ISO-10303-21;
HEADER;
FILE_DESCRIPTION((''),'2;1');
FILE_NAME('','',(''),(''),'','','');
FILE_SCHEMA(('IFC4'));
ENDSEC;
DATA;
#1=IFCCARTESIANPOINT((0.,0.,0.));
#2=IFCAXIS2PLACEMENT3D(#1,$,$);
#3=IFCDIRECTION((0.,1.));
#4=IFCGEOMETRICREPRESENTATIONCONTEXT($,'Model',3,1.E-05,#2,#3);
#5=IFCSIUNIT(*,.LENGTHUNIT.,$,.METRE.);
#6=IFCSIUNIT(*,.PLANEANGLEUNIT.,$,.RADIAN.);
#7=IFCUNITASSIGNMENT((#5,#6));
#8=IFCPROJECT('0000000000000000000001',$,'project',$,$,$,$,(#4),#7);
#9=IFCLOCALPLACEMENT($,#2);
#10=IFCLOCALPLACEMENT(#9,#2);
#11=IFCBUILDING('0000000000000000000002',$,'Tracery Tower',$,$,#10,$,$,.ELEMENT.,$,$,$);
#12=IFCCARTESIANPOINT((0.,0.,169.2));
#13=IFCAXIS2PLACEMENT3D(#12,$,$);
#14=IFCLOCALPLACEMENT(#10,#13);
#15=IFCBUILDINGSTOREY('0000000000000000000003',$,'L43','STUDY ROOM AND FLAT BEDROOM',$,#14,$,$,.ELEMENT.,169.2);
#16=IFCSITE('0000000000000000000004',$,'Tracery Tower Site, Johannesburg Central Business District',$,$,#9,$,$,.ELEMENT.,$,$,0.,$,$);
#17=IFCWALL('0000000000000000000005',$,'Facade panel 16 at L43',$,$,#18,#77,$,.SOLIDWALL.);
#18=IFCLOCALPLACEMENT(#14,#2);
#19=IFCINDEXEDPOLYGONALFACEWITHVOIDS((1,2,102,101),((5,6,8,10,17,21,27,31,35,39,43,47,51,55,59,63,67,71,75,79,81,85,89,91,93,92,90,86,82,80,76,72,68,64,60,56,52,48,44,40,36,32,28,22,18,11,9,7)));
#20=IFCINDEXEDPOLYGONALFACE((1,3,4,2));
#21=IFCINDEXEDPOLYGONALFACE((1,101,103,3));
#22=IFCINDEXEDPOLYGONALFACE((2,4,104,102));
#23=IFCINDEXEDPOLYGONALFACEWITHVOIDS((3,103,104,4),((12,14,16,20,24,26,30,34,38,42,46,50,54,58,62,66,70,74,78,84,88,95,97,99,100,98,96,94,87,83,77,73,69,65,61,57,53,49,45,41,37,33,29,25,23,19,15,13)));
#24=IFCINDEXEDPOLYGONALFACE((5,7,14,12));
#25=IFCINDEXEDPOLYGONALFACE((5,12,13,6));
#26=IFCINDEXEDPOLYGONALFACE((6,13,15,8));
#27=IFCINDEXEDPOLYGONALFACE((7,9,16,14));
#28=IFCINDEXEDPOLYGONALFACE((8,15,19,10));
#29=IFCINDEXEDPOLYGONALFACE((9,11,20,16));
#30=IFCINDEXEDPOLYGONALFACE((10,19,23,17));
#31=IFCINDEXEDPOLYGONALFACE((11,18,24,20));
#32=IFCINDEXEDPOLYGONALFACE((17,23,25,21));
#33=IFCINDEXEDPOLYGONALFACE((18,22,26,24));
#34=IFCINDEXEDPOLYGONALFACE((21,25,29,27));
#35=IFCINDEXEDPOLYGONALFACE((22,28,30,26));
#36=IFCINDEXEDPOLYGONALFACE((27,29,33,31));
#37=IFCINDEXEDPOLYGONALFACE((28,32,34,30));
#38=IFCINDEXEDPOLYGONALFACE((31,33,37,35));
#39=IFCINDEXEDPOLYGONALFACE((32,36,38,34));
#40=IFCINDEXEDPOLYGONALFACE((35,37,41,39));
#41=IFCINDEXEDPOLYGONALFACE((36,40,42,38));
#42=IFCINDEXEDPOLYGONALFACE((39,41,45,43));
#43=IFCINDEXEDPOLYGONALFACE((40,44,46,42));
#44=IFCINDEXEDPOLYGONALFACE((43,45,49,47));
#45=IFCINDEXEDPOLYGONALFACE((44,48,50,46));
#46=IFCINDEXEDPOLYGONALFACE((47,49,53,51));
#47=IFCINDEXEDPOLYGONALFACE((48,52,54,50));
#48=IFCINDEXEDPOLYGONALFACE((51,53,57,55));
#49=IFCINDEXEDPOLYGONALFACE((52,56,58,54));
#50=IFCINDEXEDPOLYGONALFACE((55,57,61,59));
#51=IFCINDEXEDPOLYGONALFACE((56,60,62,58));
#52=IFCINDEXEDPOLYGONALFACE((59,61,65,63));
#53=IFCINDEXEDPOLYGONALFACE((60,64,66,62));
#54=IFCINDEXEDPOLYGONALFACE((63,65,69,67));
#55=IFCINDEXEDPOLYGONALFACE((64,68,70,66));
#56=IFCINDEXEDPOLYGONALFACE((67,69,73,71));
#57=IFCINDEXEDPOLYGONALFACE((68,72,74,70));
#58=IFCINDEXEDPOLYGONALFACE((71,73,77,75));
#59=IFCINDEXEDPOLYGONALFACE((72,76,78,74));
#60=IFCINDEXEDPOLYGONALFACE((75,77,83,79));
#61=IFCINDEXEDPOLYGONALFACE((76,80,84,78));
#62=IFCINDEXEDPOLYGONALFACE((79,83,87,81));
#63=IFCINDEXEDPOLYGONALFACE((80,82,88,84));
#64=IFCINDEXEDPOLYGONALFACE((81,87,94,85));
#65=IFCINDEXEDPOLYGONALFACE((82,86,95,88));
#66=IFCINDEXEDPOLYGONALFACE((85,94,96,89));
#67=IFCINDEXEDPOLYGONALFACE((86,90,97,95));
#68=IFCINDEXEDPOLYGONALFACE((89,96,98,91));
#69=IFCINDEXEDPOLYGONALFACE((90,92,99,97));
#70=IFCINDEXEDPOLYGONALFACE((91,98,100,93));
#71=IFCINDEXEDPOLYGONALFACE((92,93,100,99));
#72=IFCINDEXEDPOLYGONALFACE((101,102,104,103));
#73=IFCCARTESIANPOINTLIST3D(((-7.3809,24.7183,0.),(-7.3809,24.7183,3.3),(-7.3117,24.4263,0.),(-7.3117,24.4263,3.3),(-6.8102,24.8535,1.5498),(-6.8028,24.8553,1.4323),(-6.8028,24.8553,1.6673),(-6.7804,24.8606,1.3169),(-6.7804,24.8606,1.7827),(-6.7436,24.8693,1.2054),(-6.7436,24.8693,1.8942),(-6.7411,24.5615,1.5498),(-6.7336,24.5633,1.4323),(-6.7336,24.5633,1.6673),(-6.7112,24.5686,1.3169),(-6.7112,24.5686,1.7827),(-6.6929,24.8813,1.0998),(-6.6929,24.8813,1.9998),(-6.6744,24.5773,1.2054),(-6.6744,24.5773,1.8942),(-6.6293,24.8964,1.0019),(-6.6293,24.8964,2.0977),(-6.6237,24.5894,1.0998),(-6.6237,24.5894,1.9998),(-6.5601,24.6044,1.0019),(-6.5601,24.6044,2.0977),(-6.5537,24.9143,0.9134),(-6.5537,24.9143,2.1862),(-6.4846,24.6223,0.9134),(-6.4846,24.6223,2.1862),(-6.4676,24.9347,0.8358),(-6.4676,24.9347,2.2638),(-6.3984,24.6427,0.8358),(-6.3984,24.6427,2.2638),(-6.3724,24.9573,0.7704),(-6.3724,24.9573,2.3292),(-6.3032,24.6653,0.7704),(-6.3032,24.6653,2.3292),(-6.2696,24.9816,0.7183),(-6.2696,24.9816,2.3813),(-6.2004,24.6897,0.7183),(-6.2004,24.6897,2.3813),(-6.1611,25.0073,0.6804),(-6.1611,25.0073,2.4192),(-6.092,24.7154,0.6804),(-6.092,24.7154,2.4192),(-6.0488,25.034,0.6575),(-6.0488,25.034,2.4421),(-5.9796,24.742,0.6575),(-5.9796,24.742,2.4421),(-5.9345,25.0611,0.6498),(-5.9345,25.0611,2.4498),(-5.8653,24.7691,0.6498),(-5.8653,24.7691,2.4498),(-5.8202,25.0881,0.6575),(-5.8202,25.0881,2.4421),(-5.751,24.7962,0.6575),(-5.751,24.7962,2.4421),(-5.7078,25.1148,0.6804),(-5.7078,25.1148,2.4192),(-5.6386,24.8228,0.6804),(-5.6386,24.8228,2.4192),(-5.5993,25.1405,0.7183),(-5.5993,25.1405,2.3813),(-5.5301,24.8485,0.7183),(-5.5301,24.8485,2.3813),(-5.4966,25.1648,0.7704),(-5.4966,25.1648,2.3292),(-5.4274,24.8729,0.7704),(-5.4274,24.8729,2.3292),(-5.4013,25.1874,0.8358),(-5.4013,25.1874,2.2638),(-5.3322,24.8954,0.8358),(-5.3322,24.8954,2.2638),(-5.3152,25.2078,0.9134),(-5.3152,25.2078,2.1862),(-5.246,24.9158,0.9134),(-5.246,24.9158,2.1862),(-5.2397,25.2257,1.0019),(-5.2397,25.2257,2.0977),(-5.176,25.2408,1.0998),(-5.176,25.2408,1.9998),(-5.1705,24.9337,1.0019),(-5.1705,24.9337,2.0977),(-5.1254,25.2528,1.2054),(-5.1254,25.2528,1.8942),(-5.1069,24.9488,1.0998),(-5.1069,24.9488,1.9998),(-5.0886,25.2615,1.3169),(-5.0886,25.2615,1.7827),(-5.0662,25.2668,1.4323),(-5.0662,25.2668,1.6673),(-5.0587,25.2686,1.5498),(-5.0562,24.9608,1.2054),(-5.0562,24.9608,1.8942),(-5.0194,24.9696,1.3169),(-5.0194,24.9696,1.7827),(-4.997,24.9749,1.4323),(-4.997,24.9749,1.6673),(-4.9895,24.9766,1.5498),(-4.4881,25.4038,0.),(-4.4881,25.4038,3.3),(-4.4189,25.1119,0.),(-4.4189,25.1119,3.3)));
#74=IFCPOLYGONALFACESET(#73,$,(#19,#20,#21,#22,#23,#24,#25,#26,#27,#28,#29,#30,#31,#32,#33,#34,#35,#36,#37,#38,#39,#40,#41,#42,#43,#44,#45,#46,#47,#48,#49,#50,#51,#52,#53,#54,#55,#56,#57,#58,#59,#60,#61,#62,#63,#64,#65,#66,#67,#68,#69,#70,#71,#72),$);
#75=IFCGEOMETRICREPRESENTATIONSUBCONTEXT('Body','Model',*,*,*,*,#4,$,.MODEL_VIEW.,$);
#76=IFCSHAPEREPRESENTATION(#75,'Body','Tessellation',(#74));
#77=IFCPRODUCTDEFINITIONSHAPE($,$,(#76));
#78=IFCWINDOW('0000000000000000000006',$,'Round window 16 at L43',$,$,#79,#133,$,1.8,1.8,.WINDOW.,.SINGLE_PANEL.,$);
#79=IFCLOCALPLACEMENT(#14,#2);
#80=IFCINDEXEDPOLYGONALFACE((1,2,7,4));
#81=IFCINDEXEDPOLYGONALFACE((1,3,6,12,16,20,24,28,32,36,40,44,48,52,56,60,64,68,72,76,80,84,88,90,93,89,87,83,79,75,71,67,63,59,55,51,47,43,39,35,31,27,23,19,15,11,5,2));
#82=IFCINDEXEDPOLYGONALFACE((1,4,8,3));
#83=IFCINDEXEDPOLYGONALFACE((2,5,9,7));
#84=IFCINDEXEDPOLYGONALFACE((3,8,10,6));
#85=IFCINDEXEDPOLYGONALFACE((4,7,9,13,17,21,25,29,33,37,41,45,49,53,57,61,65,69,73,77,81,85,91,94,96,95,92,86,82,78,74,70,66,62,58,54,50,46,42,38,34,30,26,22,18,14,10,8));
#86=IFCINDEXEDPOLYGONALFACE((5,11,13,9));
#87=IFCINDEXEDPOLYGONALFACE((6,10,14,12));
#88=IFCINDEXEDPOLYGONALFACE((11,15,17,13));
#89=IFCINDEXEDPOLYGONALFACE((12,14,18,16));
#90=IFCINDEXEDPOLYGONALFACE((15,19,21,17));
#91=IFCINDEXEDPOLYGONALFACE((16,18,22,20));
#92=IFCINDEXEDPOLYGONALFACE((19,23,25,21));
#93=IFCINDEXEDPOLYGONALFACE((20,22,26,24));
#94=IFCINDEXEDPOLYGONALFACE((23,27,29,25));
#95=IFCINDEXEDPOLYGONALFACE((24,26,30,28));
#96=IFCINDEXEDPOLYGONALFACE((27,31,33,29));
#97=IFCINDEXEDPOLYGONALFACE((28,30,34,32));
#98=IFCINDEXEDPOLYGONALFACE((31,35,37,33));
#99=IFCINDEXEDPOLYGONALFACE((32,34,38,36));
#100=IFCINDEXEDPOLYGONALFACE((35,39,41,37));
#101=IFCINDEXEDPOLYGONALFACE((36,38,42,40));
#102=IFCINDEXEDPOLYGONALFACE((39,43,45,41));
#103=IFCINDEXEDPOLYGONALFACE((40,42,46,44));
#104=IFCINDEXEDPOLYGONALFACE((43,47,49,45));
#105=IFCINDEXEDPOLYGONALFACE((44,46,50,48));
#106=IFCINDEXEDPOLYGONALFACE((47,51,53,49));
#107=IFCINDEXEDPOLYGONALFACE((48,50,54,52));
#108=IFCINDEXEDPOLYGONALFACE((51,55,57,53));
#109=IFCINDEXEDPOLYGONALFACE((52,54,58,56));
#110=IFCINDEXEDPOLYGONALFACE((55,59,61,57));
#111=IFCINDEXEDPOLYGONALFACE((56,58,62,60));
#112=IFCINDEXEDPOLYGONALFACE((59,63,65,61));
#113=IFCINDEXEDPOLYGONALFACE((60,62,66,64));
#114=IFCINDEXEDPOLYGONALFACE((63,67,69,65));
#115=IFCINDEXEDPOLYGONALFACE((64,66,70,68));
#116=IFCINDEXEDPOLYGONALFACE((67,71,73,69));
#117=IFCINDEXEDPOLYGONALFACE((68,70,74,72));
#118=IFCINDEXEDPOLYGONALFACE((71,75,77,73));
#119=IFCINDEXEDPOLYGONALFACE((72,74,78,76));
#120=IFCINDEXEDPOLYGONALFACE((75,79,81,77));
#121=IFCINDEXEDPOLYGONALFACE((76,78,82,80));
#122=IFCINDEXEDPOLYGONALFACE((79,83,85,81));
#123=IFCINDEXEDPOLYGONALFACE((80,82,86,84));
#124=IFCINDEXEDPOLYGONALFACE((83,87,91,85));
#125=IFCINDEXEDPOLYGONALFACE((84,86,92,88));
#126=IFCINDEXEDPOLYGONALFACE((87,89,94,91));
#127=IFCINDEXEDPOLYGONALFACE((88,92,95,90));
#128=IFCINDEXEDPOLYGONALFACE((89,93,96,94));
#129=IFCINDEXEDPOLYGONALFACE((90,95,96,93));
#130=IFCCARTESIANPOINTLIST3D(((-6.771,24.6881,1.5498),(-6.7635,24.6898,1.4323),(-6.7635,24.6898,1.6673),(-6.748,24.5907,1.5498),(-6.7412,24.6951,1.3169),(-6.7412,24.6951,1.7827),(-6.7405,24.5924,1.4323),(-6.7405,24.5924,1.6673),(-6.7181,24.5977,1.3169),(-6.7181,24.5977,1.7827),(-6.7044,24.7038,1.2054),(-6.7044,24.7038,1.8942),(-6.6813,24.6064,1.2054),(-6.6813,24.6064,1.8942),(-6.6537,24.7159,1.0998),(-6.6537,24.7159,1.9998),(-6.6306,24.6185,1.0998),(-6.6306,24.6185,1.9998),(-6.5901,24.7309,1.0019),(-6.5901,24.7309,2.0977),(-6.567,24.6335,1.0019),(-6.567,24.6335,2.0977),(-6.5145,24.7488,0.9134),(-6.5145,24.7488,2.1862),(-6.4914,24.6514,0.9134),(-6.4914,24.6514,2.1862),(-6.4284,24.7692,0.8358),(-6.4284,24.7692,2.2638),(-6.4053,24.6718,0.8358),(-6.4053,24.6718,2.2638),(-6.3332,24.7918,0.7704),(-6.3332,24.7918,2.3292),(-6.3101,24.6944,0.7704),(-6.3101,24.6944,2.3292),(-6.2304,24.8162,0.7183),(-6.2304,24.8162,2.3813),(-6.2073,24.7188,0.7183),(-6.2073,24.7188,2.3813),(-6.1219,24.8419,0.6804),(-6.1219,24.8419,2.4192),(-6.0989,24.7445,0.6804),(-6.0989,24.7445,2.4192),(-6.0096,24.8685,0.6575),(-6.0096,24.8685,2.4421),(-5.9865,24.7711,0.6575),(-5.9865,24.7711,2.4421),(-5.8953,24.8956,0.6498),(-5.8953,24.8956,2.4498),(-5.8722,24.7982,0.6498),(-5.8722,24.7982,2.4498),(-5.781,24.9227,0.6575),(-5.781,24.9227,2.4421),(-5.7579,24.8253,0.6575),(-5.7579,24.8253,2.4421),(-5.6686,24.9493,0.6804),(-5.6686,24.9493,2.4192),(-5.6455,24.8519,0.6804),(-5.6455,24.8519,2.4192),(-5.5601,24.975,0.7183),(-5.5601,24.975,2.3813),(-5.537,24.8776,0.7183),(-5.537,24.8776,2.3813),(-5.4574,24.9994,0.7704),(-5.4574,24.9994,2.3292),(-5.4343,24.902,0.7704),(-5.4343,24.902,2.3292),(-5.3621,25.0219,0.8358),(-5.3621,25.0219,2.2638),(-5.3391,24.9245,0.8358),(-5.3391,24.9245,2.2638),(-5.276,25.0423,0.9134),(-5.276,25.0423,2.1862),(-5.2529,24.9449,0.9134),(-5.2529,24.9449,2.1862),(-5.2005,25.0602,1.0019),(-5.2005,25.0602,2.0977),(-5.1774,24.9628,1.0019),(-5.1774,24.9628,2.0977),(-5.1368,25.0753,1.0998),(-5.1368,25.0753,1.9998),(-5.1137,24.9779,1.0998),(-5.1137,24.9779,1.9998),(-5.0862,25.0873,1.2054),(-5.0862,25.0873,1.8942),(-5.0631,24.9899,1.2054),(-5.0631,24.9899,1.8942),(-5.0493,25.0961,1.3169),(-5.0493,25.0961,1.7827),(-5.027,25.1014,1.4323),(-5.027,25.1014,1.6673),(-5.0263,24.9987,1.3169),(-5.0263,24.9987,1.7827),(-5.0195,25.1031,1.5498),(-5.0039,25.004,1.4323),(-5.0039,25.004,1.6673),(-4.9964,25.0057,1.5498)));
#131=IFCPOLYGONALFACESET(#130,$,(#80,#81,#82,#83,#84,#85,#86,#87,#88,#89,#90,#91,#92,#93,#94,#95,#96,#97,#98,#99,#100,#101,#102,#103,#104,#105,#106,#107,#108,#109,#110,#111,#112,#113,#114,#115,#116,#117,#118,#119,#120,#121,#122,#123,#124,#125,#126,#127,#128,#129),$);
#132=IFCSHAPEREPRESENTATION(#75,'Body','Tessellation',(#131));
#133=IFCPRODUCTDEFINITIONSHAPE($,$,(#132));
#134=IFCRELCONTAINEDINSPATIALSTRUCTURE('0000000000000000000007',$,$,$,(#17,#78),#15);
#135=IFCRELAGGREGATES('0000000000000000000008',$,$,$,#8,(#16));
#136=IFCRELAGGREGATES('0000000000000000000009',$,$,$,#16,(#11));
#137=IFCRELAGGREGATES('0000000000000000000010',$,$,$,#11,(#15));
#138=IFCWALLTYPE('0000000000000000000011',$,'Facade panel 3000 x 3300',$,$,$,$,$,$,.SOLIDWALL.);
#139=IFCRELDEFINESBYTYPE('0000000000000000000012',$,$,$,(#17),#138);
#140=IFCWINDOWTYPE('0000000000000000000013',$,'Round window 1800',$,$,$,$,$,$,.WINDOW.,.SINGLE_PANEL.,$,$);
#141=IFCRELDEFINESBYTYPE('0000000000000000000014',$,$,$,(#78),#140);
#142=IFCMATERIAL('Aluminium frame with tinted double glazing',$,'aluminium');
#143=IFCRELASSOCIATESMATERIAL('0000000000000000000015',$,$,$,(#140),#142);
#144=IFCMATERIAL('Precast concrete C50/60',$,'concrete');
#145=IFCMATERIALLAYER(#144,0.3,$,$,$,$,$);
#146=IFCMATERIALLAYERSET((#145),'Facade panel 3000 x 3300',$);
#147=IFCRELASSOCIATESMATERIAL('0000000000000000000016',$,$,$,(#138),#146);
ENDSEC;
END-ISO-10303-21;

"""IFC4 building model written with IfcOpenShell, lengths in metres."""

from ifc_helpers import new_model, si_unit, direction, frame, frame_2d, origin, origin_2d, place, context, subcontext, project, spatial, rectangle, circle, extrude, material, layer, layer_set, type_object, element, fill, save


model = new_model("IFC4")

# Units and contexts
model_context = context("Model", 3, precision=1e-05, world=origin(), true_north=direction((0.0, 1.0)))
body_context = subcontext(model_context, "Body", "Model", "MODEL_VIEW")
ifc_project = project(units=[si_unit("LENGTHUNIT", "METRE"), si_unit("PLANEANGLEUNIT", "RADIAN")], contexts=[model_context])

# Site, building, storey
site_placement = place(None, origin())
site = spatial("IfcSite", under=ifc_project, at=site_placement, Name="Tracery Tower Site, Johannesburg Central Business District", CompositionType="ELEMENT", RefElevation=0.0)
building_placement = place(site_placement, origin())
building = spatial("IfcBuilding", under=site, at=building_placement, Name="Tracery Tower", CompositionType="ELEMENT")
storey_placement = place(building_placement, frame((0.0, 0.0, 169.2)))
storey = spatial("IfcBuildingStorey", under=building, at=storey_placement, Name="L43", Description="STUDY ROOM AND FLAT BEDROOM", CompositionType="ELEMENT", Elevation=169.2)

# Wall, opening, window
ifc_material_1 = material(Name="Aluminium frame with tinted double glazing", Category="aluminium")
window_type = type_object("IfcWindowType", Name="Round window 1800", PartitioningType="SINGLE_PANEL", PredefinedType="WINDOW", material=ifc_material_1)
ifc_material_2 = material(Name="Precast concrete C50/60", Category="concrete")
ifc_layer_1 = layer(ifc_material_2, 0.3)
ifc_layer_set_1 = layer_set([ifc_layer_1], Name="Facade panel 3000 x 3300")
wall_type_1 = type_object("IfcWallType", Name="Facade panel 3000 x 3300", PredefinedType="SOLIDWALL", material=ifc_layer_set_1)
wall_1_placement = place(storey_placement, frame((-4.4536, 25.2578, 0.0), z_axis=(0.0, 0.0, 1.0), x_axis=(-0.97305, -0.230595, 0.0)))
wall_1 = element("IfcWall", 1, at=wall_1_placement, inside=storey, type_object=wall_type_1, Name="Facade panel 16 at L43", PredefinedType="SOLIDWALL", context=body_context, shape_type="SweptSolid", body=[
    extrude(rectangle(XDim=2.9729, YDim=0.3, at=frame_2d((1.4863, 0.0))), origin(), (0.0, 0.0, 1.0), 3.3),
])
opening_1_placement = place(wall_1_placement, frame((1.4863, 0.0, 1.5498)))
opening_1 = element("IfcOpeningElement", 2, at=opening_1_placement, cuts=wall_1, PredefinedType="OPENING", context=body_context, shape_type="SweptSolid", body=[
    extrude(circle(Radius=0.9, at=origin_2d()), frame((0.0, 0.1599, 0.0), z_axis=(0.0, -1.0, 0.0), x_axis=(1.0, 0.0, 0.0)), (0.0, 0.0, 1.0), 0.3201),
])
window_1_placement = place(opening_1_placement, origin())
window_1 = element("IfcWindow", 3, at=window_1_placement, inside=storey, type_object=window_type, Name="Round window 16 at L43", OverallHeight=1.8, OverallWidth=1.8, PartitioningType="SINGLE_PANEL", PredefinedType="WINDOW", context=body_context, shape_type="SweptSolid", body=[
    extrude(circle(Radius=0.9, at=origin_2d()), frame((0.0, 0.1201, 0.0), z_axis=(0.0, -1.0, 0.0), x_axis=(1.0, 0.0, 0.0)), (0.0, 0.0, 1.0), 0.1001),
])
fill(opening_1, window_1)

save(model, "model.ifc")
